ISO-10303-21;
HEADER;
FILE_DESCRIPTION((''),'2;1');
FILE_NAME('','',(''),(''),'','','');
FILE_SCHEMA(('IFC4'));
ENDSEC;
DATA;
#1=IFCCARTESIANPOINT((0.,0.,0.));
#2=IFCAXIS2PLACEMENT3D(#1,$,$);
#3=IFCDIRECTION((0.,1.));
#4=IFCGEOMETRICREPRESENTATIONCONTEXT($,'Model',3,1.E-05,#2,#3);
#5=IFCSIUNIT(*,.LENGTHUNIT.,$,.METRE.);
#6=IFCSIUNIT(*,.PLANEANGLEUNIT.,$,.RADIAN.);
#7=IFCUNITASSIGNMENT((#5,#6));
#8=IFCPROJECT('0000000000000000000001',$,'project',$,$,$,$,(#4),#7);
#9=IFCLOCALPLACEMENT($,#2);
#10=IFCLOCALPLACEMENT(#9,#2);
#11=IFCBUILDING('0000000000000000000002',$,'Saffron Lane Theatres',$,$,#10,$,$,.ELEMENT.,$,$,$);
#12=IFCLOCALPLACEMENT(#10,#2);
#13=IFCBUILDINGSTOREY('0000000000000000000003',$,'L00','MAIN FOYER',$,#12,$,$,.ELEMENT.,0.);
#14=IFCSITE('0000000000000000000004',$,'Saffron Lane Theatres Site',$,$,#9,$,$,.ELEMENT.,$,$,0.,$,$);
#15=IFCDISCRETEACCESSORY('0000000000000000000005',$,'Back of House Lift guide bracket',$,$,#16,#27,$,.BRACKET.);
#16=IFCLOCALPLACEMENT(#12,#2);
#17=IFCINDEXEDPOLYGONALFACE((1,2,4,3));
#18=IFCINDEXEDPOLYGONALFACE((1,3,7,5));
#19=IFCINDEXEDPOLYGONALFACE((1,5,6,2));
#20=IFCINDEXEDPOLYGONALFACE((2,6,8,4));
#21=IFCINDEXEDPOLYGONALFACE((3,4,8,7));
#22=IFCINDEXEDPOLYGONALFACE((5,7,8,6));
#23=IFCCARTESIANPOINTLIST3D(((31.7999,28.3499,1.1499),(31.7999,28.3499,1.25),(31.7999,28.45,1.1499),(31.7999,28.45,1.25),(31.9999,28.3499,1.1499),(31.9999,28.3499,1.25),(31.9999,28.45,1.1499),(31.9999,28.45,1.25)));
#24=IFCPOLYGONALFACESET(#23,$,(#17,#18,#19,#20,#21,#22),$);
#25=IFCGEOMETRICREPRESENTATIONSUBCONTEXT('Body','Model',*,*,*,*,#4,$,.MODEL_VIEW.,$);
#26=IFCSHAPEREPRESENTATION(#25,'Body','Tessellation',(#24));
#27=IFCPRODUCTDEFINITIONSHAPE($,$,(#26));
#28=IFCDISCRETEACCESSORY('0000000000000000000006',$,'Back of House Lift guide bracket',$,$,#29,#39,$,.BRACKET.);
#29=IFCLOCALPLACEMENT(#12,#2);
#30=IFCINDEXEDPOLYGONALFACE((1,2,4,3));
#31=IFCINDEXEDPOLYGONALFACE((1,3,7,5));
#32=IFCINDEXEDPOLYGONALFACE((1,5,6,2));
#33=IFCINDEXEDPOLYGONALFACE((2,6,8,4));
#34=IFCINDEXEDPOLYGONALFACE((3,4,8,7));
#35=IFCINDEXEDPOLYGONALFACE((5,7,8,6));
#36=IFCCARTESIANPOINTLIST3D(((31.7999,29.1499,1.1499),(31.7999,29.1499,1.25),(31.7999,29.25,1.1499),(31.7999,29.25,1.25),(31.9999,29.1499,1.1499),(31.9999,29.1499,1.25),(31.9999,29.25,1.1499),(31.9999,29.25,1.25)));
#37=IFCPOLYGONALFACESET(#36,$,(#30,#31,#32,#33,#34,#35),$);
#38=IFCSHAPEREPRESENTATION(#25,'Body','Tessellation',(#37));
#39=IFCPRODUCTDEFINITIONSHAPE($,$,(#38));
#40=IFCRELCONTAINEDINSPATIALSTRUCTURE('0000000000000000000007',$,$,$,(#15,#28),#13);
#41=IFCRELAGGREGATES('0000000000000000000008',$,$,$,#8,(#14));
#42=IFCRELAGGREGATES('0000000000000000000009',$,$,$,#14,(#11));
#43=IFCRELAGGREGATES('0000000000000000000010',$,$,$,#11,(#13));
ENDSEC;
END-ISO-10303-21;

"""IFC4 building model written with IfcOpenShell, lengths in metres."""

from ifc_helpers import new_model, si_unit, direction, frame, origin, origin_2d, place, context, subcontext, project, spatial, rectangle, extrude, element, save


model = new_model("IFC4")

# Units and contexts
model_context = context("Model", 3, precision=1e-05, world=origin(), true_north=direction((0.0, 1.0)))
body_context = subcontext(model_context, "Body", "Model", "MODEL_VIEW")
ifc_project = project(units=[si_unit("LENGTHUNIT", "METRE"), si_unit("PLANEANGLEUNIT", "RADIAN")], contexts=[model_context])

# Site, building, storey
site_placement = place(None, origin())
site = spatial("IfcSite", under=ifc_project, at=site_placement, Name="Saffron Lane Theatres Site", CompositionType="ELEMENT", RefElevation=0.0)
building_placement = place(site_placement, origin())
building = spatial("IfcBuilding", under=site, at=building_placement, Name="Saffron Lane Theatres", CompositionType="ELEMENT")
storey_placement = place(building_placement, origin())
storey = spatial("IfcBuildingStorey", under=building, at=storey_placement, Name="L00", Description="MAIN FOYER", CompositionType="ELEMENT", Elevation=0.0)

# Discrete accessories
for number, where, z_axis, x_axis, name in (
    (1, (31.8999, 28.3999, 1.1499), (0.0, 0.0, 1.0), (1.0, 0.0, 0.0), "Back of House Lift guide bracket"),
    (2, (31.8999, 29.2, 1.1499), (0.0, 0.0, 1.0), (1.0, 0.0, 0.0), "Back of House Lift guide bracket"),
):
    element("IfcDiscreteAccessory", number, at=place(storey_placement, frame(where, z_axis=z_axis, x_axis=x_axis)), inside=storey, Name=name, PredefinedType="BRACKET", context=body_context, shape_type="SweptSolid", body=[
        extrude(rectangle(XDim=0.2, YDim=0.1001, at=origin_2d()), origin(), (0.0, 0.0, 1.0), 0.1001),
    ])

save(model, "model.ifc")
